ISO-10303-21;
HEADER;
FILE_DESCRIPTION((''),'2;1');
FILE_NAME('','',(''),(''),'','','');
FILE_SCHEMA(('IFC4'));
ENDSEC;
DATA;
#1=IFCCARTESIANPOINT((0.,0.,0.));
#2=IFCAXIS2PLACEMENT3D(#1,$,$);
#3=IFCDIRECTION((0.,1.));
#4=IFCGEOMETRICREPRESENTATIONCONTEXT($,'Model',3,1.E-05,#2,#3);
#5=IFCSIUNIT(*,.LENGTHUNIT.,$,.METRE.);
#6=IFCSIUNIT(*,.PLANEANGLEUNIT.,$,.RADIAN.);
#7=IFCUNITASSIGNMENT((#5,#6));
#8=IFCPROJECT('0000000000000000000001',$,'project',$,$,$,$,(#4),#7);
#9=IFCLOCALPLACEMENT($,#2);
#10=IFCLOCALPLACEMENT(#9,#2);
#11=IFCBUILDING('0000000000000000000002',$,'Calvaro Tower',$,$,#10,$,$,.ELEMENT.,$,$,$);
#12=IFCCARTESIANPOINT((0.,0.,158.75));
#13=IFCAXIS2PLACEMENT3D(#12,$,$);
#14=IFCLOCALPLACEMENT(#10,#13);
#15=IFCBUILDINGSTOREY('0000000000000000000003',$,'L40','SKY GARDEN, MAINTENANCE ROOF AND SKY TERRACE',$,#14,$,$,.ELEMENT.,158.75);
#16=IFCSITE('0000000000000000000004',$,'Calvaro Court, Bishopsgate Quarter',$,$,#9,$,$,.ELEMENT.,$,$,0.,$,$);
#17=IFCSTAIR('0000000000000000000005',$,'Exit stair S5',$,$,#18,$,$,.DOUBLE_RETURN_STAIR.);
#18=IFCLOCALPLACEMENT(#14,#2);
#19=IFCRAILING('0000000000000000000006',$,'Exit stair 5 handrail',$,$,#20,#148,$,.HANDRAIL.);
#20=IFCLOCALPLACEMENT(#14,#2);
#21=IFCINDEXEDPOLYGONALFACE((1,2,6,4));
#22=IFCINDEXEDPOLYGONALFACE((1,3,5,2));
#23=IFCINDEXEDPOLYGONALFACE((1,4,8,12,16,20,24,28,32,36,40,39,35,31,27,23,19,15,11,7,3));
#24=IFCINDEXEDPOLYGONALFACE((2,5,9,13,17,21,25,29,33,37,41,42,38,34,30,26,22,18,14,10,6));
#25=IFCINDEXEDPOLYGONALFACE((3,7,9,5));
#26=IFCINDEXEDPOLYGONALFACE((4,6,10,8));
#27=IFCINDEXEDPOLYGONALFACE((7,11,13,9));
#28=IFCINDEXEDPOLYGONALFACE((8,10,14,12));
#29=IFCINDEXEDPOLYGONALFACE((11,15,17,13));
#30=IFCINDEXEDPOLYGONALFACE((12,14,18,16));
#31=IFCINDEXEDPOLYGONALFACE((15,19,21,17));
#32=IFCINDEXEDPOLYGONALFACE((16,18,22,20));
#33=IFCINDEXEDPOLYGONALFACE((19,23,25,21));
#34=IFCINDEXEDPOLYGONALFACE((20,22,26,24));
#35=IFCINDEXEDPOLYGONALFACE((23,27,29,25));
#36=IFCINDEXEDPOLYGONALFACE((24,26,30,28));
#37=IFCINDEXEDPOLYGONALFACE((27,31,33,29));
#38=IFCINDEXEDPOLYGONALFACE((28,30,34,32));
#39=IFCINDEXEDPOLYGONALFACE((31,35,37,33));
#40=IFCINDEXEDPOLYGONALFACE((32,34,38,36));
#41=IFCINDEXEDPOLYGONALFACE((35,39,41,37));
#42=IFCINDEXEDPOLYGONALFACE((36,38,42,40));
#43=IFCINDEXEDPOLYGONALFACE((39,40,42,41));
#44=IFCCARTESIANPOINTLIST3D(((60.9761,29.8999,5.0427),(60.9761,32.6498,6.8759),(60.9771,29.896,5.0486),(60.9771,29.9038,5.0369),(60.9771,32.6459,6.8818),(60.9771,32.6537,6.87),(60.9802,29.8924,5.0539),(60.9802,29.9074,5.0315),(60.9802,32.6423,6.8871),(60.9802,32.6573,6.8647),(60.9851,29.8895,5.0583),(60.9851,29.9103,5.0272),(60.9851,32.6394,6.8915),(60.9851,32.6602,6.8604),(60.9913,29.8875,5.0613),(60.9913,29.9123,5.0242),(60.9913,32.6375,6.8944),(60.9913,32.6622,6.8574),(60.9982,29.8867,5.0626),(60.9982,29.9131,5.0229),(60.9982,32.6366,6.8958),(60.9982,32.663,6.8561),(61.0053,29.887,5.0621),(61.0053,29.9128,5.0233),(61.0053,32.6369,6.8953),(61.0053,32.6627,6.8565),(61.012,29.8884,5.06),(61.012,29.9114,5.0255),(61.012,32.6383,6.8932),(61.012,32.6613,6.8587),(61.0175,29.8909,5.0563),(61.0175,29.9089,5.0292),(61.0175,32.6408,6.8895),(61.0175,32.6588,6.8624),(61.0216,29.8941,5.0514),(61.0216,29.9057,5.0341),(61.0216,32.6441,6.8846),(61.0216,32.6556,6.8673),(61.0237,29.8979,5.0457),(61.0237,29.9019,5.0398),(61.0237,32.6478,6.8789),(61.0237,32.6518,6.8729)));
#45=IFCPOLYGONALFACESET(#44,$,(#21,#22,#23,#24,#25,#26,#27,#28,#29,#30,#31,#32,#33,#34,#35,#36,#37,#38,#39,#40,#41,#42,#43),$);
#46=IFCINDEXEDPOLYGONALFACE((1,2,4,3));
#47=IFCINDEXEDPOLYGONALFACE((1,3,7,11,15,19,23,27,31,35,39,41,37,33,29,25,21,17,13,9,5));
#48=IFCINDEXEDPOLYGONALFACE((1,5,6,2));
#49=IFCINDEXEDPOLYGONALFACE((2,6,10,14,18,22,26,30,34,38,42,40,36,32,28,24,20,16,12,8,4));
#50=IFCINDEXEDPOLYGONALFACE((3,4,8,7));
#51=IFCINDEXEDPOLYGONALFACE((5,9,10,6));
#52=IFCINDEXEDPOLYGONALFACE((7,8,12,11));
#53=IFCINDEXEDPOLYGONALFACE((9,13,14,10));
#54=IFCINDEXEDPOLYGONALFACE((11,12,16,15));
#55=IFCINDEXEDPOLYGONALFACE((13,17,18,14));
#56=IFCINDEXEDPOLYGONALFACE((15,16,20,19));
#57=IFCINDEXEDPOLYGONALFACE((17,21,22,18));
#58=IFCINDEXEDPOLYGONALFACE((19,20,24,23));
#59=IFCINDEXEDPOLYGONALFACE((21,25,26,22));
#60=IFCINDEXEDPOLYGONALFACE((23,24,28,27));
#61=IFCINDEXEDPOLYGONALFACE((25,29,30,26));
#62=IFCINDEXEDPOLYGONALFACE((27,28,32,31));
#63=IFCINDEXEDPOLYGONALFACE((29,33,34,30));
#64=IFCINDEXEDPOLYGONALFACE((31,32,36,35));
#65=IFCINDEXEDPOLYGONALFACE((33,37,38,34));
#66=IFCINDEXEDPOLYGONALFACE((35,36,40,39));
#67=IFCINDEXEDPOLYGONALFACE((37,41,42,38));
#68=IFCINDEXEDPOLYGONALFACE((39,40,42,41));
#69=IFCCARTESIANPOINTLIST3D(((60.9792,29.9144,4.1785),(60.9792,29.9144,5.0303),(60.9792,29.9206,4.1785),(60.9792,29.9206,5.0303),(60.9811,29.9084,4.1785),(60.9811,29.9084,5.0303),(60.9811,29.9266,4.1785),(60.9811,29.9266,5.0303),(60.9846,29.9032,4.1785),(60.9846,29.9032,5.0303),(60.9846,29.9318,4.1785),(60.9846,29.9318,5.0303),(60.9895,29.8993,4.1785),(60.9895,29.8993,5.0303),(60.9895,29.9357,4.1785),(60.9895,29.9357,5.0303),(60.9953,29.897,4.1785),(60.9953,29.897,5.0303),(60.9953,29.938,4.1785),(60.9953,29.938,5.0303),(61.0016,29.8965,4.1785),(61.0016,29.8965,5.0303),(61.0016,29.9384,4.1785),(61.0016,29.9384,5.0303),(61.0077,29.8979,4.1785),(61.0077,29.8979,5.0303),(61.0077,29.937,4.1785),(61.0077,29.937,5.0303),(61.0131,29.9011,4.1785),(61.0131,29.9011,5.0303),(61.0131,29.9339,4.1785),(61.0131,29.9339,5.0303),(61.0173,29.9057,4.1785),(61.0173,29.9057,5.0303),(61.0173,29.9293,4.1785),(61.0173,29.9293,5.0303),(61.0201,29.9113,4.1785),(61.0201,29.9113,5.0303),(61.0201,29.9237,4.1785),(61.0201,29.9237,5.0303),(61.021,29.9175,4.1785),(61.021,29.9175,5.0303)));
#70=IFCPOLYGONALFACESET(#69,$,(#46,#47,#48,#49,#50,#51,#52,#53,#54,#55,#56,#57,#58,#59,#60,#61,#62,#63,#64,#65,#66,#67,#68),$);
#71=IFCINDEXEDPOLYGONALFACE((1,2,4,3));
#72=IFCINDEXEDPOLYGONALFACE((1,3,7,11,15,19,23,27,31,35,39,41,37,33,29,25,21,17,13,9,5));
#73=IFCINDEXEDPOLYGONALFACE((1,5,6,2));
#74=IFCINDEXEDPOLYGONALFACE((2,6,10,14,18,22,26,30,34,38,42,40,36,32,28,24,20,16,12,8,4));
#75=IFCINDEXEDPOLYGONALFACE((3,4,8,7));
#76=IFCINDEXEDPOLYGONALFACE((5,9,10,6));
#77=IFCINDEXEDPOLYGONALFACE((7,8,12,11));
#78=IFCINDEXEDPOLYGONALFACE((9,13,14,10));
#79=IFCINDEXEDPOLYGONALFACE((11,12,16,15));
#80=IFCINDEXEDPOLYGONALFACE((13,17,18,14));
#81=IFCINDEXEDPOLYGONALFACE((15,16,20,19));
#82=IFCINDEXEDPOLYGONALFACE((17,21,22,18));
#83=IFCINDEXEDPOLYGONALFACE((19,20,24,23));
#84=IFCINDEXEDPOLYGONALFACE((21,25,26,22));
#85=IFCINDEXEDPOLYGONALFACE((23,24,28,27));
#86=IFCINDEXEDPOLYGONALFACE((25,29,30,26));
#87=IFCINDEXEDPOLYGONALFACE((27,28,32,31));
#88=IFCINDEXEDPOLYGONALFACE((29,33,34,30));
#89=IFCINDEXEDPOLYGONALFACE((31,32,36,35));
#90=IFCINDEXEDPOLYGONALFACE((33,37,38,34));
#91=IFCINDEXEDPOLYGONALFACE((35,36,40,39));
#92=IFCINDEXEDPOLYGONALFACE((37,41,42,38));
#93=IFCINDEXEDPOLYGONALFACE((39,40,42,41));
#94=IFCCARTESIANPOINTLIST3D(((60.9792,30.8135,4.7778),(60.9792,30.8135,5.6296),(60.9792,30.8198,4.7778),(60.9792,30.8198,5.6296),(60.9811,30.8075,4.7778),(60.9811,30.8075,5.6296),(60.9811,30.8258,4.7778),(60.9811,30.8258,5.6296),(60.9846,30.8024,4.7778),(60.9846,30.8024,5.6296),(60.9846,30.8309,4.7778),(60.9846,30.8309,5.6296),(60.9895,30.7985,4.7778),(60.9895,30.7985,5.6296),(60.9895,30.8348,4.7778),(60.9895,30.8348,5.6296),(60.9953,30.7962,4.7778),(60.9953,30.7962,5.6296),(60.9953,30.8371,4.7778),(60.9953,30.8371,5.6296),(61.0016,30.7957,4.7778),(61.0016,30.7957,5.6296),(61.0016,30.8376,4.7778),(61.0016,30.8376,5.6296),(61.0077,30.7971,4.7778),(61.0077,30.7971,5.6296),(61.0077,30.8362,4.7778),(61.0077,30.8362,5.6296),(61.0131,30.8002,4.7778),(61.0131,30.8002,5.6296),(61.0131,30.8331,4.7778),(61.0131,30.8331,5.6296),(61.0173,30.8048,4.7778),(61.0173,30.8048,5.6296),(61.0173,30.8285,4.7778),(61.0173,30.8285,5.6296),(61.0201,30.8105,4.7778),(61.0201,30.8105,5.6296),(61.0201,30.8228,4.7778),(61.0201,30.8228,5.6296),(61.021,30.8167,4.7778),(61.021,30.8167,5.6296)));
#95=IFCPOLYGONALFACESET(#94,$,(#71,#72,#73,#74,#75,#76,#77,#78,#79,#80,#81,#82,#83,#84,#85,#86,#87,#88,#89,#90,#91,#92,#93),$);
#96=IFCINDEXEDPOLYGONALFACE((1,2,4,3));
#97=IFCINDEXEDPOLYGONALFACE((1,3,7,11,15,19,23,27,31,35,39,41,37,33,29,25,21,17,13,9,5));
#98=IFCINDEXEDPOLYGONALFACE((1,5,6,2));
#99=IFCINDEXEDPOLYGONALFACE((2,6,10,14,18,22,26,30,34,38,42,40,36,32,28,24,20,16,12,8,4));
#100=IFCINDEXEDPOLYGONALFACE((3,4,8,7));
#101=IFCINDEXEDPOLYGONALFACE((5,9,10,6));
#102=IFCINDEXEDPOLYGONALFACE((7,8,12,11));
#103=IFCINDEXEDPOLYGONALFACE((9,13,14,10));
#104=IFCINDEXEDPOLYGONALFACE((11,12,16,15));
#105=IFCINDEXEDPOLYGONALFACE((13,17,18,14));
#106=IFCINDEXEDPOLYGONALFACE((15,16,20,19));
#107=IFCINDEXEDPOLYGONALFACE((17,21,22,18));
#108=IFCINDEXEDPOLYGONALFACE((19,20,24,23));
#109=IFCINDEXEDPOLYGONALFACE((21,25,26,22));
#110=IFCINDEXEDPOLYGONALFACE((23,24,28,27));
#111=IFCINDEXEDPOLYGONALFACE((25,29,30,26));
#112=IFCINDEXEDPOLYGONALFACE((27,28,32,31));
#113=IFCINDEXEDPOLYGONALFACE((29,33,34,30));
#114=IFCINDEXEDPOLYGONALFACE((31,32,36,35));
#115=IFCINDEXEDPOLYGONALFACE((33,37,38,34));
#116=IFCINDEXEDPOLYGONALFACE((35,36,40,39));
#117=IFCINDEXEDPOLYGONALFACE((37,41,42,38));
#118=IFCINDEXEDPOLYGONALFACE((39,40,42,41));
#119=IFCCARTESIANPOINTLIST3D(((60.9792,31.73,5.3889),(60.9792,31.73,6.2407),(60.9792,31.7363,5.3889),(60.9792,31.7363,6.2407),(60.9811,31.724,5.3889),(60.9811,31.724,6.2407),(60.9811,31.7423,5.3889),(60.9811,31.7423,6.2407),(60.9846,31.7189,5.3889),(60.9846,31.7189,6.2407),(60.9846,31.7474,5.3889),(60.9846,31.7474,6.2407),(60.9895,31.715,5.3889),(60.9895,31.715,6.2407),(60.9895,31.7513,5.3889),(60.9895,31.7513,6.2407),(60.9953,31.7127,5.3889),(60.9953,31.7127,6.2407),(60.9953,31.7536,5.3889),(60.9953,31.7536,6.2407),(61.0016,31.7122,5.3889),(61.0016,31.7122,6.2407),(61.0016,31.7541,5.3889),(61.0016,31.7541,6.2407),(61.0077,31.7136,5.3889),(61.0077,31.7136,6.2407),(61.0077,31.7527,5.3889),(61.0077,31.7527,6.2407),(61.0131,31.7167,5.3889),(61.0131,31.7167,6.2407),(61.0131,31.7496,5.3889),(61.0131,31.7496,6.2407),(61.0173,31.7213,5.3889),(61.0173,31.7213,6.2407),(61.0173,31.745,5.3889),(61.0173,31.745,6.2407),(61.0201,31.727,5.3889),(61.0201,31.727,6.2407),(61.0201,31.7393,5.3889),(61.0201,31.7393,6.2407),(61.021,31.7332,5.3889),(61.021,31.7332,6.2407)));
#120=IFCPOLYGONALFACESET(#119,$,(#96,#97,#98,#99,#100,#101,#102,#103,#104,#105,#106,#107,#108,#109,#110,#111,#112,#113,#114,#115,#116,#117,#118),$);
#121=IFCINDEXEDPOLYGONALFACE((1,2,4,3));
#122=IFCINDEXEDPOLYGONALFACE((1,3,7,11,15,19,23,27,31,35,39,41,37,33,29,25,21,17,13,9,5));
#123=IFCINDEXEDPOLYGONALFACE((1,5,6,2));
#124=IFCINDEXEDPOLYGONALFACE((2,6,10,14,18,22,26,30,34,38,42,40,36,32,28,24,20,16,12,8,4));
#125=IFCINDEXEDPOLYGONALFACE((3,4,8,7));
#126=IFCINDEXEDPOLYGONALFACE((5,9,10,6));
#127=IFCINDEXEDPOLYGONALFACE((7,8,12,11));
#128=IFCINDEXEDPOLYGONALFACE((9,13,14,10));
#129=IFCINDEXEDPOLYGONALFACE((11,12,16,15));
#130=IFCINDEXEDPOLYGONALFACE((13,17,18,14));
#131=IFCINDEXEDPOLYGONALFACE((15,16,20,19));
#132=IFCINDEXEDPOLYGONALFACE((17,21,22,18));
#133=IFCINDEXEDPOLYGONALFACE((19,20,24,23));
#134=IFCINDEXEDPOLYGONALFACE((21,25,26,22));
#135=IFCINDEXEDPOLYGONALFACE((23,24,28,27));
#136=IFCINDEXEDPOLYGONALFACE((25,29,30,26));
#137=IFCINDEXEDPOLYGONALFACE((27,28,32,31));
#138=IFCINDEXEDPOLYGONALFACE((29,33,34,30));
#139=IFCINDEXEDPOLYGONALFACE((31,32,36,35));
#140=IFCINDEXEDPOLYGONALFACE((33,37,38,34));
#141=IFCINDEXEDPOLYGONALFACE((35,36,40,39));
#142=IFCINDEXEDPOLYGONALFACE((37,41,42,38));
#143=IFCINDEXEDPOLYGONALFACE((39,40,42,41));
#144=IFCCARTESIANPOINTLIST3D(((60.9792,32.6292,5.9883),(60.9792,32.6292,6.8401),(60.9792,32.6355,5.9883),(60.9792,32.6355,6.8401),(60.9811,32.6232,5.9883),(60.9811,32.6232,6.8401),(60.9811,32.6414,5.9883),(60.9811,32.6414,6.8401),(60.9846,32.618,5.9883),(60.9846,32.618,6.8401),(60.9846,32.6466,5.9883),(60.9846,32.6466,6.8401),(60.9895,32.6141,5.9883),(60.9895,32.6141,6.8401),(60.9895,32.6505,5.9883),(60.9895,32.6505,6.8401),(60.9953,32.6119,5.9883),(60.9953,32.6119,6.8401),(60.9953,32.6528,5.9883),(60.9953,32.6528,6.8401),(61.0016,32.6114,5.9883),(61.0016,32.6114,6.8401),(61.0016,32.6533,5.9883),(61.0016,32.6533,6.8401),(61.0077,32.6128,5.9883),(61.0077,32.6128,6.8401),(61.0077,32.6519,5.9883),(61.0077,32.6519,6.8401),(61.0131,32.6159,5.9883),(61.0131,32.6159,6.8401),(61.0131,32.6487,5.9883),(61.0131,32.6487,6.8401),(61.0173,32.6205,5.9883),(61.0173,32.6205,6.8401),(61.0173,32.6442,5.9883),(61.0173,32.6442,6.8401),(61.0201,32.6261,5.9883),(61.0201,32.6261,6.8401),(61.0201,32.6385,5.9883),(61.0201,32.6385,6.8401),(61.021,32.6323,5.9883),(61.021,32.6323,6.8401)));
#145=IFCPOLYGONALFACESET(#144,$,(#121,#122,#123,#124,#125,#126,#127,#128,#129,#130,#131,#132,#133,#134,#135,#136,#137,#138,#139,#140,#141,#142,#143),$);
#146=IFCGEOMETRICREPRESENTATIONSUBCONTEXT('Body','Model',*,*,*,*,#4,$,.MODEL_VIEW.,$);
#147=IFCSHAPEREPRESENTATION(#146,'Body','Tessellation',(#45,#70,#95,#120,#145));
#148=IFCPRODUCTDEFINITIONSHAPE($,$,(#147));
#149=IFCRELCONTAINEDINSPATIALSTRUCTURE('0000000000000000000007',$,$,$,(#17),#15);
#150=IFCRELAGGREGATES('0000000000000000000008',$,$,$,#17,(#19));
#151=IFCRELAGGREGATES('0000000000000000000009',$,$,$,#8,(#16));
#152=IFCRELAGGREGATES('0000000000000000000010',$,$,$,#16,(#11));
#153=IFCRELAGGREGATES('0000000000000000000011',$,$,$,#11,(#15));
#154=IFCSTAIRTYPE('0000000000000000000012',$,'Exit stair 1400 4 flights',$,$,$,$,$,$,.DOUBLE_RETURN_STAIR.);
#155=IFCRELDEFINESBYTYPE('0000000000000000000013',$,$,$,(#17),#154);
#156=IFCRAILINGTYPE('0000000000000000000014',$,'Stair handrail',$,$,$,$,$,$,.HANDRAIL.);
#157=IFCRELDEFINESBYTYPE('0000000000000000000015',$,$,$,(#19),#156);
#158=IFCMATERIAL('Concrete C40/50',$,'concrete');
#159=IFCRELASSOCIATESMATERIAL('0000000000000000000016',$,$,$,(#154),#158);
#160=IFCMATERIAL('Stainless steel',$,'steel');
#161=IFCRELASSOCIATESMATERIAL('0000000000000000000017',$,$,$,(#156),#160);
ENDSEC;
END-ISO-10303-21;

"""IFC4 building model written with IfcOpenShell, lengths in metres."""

from ifc_helpers import new_model, si_unit, direction, frame, origin, origin_2d, place, context, subcontext, project, spatial, circle, extrude, material, type_object, element, aggregate, save


model = new_model("IFC4")

# Units and contexts
model_context = context("Model", 3, precision=1e-05, world=origin(), true_north=direction((0.0, 1.0)))
body_context = subcontext(model_context, "Body", "Model", "MODEL_VIEW")
ifc_project = project(units=[si_unit("LENGTHUNIT", "METRE"), si_unit("PLANEANGLEUNIT", "RADIAN")], contexts=[model_context])

# Site, building, storey
site_placement = place(None, origin())
site = spatial("IfcSite", under=ifc_project, at=site_placement, Name="Calvaro Court, Bishopsgate Quarter", CompositionType="ELEMENT", RefElevation=0.0)
building_placement = place(site_placement, origin())
building = spatial("IfcBuilding", under=site, at=building_placement, Name="Calvaro Tower", CompositionType="ELEMENT")
storey_placement = place(building_placement, frame((0.0, 0.0, 158.75)))
storey = spatial("IfcBuildingStorey", under=building, at=storey_placement, Name="L40", Description="SKY GARDEN, MAINTENANCE ROOF AND SKY TERRACE", CompositionType="ELEMENT", Elevation=158.75)

# Stair
ifc_material_1 = material(Name="Concrete C40/50", Category="concrete")
stair_type = type_object("IfcStairType", Name="Exit stair 1400 4 flights", PredefinedType="DOUBLE_RETURN_STAIR", material=ifc_material_1)
stair_1_placement = place(storey_placement, origin())
stair_1 = element("IfcStair", 1, at=stair_1_placement, inside=storey, type_object=stair_type, Name="Exit stair S5", PredefinedType="DOUBLE_RETURN_STAIR")

# Shared definitions
ifc_material_2 = material(Name="Stainless steel", Category="steel")
railing_type = type_object("IfcRailingType", Name="Stair handrail", PredefinedType="HANDRAIL", material=ifc_material_2)

# Railing
railing_1_placement = place(storey_placement, frame((61.0, 29.8999, 4.1667)))
railing_1 = element("IfcRailing", 2, at=railing_1_placement, type_object=railing_type, Name="Exit stair 5 handrail", PredefinedType="HANDRAIL", context=body_context, shape_type="SweptSolid", body=[
    extrude(circle(Radius=0.0239, at=origin_2d()), frame((0.0, 0.0, 0.876), z_axis=(0.0, 0.832062, 0.554683), x_axis=(-1.0, 0.0, 0.0)), (0.0, 0.0, 1.0), 3.3049),
    extrude(circle(Radius=0.021, at=origin_2d()), frame((0.0, 0.0176, 0.0117)), (0.0, 0.0, 1.0), 0.8518),
    extrude(circle(Radius=0.021, at=origin_2d()), frame((0.0, 0.9167, 0.6111)), (0.0, 0.0, 1.0), 0.8518),
    extrude(circle(Radius=0.021, at=origin_2d()), frame((0.0, 1.8333, 1.2222)), (0.0, 0.0, 1.0), 0.8518),
    extrude(circle(Radius=0.021, at=origin_2d()), frame((0.0, 2.7324, 1.8215)), (0.0, 0.0, 1.0), 0.8518),
])
aggregate(stair_1, [railing_1])

save(model, "model.ifc")
